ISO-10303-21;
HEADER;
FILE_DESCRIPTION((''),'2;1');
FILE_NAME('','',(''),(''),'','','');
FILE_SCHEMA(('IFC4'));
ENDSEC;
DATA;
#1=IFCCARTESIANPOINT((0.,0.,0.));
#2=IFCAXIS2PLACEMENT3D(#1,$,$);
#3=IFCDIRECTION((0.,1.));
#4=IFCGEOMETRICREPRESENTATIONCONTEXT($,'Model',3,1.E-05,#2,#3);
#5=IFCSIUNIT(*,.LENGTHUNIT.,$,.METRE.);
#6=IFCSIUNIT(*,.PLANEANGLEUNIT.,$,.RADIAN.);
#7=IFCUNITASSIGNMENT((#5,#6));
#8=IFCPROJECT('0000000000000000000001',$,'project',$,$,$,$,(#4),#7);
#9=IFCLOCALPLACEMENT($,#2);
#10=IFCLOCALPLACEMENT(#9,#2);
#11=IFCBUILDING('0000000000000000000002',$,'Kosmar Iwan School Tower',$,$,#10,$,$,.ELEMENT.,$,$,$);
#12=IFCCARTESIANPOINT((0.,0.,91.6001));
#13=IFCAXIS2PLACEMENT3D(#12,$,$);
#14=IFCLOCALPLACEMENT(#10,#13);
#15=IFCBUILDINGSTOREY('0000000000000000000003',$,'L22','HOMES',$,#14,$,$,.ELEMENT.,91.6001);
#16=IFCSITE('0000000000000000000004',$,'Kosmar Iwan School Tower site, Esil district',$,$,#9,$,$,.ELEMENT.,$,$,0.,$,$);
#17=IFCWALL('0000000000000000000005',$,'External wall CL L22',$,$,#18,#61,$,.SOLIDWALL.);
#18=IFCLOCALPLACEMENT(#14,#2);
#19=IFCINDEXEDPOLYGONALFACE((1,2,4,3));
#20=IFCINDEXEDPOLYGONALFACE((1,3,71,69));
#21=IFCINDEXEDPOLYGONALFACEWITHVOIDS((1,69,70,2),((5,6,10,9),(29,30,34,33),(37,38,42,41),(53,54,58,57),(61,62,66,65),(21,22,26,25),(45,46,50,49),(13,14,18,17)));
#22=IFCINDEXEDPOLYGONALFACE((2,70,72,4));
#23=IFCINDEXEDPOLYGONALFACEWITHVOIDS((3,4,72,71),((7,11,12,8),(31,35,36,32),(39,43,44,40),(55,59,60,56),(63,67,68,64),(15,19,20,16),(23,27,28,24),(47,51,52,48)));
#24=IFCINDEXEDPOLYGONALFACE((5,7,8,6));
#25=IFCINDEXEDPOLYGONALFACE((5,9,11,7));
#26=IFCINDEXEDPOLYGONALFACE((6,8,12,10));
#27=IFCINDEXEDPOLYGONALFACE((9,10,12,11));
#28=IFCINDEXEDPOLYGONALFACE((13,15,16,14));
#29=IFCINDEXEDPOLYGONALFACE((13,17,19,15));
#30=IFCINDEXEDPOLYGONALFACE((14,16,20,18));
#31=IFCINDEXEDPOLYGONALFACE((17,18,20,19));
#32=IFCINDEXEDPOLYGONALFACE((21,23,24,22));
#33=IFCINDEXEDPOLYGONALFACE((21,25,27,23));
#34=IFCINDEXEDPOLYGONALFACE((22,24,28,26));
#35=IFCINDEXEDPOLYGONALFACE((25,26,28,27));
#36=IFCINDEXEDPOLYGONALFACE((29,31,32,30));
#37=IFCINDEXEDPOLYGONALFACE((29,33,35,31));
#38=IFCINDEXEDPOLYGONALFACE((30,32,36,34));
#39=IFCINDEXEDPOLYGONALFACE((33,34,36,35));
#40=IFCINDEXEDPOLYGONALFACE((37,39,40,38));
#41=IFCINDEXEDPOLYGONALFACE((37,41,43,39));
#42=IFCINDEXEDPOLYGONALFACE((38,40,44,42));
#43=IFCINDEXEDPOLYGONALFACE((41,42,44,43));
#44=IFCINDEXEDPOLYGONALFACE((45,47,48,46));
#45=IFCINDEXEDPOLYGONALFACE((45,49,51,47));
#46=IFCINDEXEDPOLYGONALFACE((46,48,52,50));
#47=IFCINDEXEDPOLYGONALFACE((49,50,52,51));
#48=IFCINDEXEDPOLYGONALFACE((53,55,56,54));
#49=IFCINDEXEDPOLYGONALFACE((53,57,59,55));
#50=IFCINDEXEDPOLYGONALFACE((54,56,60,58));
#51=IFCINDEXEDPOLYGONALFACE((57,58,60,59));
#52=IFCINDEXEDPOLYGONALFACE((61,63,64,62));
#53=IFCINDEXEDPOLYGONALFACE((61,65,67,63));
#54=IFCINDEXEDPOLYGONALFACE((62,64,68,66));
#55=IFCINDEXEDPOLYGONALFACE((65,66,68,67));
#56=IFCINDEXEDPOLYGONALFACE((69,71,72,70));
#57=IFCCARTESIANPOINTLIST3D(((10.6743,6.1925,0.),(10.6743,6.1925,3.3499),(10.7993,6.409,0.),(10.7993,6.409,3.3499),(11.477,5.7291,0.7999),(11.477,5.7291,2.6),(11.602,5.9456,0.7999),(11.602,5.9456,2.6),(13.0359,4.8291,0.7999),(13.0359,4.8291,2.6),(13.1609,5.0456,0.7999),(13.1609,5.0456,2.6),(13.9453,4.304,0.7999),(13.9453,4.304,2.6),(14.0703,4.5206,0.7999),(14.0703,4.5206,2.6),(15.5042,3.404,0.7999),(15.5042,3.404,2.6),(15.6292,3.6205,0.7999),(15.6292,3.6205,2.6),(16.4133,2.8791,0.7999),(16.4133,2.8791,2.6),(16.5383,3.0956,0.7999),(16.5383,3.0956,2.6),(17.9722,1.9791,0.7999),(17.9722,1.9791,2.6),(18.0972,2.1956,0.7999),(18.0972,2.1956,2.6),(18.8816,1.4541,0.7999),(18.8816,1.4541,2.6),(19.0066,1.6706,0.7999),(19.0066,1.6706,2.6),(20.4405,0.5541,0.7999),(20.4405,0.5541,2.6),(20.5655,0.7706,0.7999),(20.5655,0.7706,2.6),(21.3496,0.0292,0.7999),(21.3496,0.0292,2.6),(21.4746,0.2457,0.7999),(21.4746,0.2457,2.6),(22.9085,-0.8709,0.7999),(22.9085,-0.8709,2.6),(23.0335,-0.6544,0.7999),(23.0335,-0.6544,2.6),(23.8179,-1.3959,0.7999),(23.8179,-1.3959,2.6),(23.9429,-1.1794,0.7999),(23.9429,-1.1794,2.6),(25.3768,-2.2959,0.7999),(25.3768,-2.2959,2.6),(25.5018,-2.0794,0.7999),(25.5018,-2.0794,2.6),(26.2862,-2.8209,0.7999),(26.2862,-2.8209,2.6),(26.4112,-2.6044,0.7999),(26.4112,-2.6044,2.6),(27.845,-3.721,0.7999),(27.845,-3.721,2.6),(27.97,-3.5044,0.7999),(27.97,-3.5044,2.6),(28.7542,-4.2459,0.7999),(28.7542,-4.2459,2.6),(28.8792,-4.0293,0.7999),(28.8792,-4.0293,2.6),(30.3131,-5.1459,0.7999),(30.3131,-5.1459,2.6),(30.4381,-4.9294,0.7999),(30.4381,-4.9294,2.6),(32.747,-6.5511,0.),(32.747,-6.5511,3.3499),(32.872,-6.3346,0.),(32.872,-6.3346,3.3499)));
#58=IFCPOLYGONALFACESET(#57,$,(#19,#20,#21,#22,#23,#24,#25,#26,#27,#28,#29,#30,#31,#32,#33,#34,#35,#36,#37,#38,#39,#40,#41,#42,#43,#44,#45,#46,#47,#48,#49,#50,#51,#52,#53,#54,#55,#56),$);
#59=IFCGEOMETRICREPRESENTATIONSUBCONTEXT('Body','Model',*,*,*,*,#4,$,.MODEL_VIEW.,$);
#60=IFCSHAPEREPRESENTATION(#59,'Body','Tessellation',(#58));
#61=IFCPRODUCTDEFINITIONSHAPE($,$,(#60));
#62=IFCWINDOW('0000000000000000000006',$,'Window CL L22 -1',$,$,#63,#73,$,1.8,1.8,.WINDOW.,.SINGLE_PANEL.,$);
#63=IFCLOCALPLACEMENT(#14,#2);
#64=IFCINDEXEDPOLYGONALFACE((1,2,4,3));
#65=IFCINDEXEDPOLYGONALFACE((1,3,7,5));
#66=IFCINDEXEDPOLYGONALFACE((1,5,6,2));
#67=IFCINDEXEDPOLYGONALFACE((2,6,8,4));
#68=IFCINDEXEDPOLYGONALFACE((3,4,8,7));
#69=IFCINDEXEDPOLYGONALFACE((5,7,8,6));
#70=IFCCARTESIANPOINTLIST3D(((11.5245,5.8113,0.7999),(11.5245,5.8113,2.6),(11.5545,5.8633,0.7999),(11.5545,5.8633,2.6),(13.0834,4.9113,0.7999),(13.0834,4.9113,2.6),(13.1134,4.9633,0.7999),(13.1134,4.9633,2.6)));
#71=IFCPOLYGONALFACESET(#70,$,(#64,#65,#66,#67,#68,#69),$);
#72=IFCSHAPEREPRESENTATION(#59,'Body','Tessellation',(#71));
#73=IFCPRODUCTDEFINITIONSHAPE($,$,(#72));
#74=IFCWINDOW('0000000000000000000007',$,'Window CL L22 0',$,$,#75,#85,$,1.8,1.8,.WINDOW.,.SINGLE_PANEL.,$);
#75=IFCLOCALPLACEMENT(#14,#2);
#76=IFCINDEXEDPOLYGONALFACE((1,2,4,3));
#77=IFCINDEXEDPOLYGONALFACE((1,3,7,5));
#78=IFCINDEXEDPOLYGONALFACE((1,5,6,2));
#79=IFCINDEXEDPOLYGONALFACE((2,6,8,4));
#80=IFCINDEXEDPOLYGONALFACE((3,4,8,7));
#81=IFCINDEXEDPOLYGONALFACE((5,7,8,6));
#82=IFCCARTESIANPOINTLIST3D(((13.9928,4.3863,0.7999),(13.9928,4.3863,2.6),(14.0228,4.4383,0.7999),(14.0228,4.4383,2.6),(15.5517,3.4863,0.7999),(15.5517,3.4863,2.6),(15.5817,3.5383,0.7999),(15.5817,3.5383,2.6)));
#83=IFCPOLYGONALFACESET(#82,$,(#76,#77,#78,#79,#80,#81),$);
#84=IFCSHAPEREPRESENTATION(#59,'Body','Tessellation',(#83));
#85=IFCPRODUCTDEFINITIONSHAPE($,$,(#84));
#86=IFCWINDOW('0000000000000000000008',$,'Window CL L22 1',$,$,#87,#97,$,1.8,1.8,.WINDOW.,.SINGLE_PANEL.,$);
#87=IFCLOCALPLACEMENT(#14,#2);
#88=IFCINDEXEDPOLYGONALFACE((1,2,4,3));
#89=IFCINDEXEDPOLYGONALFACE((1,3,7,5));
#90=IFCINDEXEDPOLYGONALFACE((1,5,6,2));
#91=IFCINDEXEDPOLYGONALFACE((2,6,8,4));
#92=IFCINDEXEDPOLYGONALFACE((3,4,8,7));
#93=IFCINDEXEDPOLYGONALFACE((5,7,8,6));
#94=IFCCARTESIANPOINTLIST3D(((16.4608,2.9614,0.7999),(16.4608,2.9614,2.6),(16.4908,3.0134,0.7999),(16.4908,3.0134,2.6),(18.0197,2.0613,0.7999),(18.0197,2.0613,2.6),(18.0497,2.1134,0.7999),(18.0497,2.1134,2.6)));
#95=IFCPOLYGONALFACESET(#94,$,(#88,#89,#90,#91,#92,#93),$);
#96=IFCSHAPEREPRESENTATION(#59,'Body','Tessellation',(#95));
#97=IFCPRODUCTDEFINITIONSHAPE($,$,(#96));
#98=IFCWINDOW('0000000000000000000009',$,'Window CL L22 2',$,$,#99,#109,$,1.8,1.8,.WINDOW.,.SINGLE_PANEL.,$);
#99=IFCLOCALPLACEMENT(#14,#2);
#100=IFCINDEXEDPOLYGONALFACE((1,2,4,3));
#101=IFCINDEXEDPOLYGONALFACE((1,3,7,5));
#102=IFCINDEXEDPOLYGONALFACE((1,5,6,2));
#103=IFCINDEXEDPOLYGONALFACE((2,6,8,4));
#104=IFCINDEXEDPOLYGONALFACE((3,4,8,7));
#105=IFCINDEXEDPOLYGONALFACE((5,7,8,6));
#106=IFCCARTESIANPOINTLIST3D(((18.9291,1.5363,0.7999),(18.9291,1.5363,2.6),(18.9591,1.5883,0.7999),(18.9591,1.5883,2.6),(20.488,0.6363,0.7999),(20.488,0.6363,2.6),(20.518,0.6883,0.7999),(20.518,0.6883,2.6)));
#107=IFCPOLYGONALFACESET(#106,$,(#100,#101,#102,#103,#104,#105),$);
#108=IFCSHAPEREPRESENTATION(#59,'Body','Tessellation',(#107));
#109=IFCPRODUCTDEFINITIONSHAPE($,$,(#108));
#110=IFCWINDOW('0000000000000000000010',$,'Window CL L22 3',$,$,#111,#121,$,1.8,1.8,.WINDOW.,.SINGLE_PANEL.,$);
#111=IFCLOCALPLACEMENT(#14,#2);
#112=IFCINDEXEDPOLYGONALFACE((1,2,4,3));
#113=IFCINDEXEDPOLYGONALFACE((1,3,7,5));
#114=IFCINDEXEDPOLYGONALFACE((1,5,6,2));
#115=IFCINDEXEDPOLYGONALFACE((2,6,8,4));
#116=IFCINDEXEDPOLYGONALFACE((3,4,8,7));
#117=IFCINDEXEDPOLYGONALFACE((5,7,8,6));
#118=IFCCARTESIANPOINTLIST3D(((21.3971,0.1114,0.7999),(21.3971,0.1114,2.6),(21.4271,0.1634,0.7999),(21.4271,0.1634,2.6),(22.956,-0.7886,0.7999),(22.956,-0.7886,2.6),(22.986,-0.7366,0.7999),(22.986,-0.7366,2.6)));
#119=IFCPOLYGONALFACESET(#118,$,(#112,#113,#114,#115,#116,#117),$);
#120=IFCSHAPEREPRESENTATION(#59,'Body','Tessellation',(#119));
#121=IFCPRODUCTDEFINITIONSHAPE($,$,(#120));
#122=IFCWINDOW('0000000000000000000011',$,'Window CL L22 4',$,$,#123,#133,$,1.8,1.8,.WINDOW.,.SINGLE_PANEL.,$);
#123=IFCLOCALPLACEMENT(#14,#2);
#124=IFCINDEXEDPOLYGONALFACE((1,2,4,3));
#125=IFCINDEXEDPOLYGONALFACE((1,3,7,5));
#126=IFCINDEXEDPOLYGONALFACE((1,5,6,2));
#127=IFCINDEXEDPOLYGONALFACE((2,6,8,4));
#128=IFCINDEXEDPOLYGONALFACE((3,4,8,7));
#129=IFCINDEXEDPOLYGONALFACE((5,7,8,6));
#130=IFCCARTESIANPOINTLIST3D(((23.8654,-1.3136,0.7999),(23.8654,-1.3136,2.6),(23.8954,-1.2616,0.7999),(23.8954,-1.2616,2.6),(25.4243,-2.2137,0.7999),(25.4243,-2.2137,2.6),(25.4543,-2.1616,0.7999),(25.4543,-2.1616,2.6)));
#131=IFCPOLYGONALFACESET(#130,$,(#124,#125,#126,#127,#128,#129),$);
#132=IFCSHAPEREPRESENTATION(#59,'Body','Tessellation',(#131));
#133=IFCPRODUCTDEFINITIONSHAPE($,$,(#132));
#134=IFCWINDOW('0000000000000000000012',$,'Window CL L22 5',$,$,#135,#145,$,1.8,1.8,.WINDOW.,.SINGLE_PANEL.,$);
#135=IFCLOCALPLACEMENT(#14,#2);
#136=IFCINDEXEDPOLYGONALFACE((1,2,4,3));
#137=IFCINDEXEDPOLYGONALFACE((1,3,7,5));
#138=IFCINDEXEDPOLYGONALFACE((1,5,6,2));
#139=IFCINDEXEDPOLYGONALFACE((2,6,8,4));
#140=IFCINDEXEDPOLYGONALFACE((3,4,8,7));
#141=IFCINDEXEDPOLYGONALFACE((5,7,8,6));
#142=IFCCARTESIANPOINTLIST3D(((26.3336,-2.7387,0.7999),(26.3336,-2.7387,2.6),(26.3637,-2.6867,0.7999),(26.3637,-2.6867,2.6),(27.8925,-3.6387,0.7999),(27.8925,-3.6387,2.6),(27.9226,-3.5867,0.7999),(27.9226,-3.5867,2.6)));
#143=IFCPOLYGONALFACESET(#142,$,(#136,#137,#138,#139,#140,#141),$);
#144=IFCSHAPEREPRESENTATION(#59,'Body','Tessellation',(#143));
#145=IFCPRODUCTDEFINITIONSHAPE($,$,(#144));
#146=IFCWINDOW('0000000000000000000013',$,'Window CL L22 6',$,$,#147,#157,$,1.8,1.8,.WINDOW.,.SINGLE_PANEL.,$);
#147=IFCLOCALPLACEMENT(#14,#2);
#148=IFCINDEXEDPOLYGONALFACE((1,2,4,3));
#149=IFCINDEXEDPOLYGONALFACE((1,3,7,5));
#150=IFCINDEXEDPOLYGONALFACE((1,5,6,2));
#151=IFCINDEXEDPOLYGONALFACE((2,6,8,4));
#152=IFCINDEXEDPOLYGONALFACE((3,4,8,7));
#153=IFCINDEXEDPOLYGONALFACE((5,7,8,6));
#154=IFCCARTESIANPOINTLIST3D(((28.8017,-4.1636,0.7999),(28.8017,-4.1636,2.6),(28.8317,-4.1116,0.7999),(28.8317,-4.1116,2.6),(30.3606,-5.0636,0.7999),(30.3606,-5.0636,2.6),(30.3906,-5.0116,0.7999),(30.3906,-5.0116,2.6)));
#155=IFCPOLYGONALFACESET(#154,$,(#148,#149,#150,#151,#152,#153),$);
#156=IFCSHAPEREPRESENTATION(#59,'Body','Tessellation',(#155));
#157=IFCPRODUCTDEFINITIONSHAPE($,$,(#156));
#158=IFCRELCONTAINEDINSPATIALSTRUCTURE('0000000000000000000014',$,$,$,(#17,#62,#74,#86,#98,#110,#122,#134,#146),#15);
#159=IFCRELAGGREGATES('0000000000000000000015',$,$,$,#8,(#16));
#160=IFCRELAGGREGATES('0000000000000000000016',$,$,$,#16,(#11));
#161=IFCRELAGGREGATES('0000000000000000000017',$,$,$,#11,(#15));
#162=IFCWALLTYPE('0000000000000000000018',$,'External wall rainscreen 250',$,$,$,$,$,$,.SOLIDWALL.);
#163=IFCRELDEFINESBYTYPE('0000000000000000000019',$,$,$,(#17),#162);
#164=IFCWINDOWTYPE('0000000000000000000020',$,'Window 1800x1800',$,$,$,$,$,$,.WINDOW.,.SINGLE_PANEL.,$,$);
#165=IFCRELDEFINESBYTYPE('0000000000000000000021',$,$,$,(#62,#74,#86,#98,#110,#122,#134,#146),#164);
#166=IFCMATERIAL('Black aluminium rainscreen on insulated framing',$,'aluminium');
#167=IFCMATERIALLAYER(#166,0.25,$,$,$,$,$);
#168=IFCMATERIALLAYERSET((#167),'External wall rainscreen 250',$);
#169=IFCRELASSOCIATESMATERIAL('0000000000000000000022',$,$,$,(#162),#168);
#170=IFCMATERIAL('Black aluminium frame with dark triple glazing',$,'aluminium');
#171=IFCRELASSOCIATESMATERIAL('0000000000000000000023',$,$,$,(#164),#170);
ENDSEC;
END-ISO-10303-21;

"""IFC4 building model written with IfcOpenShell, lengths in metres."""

from ifc_helpers import new_model, si_unit, direction, frame, frame_2d, origin, place, context, subcontext, project, spatial, rectangle, extrude, material, layer, layer_set, type_object, element, fill, save


model = new_model("IFC4")

# Units and contexts
model_context = context("Model", 3, precision=1e-05, world=origin(), true_north=direction((0.0, 1.0)))
body_context = subcontext(model_context, "Body", "Model", "MODEL_VIEW")
ifc_project = project(units=[si_unit("LENGTHUNIT", "METRE"), si_unit("PLANEANGLEUNIT", "RADIAN")], contexts=[model_context])

# Site, building, storey
site_placement = place(None, origin())
site = spatial("IfcSite", under=ifc_project, at=site_placement, Name="Kosmar Iwan School Tower site, Esil district", CompositionType="ELEMENT", RefElevation=0.0)
building_placement = place(site_placement, origin())
building = spatial("IfcBuilding", under=site, at=building_placement, Name="Kosmar Iwan School Tower", CompositionType="ELEMENT")
storey_placement = place(building_placement, frame((0.0, 0.0, 91.6001)))
storey = spatial("IfcBuildingStorey", under=building, at=storey_placement, Name="L22", Description="HOMES", CompositionType="ELEMENT", Elevation=91.6001)

# Wall, openings, windows
ifc_material_1 = material(Name="Black aluminium rainscreen on insulated framing", Category="aluminium")
ifc_layer = layer(ifc_material_1, 0.25)
ifc_layer_set = layer_set([ifc_layer], Name="External wall rainscreen 250")
wall_type = type_object("IfcWallType", Name="External wall rainscreen 250", PredefinedType="SOLIDWALL", material=ifc_layer_set)
wall_1_placement = place(storey_placement, frame((10.7368, 6.3008, 0.0), z_axis=(0.0, 0.0, 1.0), x_axis=(0.866026, -0.499998, 0.0)))
wall_1 = element("IfcWall", 1, at=wall_1_placement, inside=storey, type_object=wall_type, Name="External wall CL L22", PredefinedType="SOLIDWALL", context=body_context, shape_type="SweptSolid", body=[
    extrude(rectangle(XDim=25.4873, YDim=0.25, at=frame_2d((12.7437, 0.0))), origin(), (0.0, 0.0, 1.0), 3.3499),
])
opening_1_placement = place(wall_1_placement, frame((0.927, 0.0, 0.8)))
opening_1 = element("IfcOpeningElement", 2, at=opening_1_placement, cuts=wall_1, PredefinedType="OPENING", context=body_context, shape_type="SweptSolid", body=[
    extrude(rectangle(XDim=1.8, YDim=1.8, at=frame_2d((0.8999, 0.8999))), frame((0.0, 0.137, 0.0), z_axis=(0.0, -1.0, 0.0), x_axis=(1.0, 0.0, 0.0)), (0.0, 0.0, 1.0), 0.2739),
])
opening_2_placement = place(wall_1_placement, frame((3.7771, 0.0, 0.8)))
opening_2 = element("IfcOpeningElement", 3, at=opening_2_placement, cuts=wall_1, PredefinedType="OPENING", context=body_context, shape_type="SweptSolid", body=[
    extrude(rectangle(XDim=1.8, YDim=1.8, at=frame_2d((0.8999, 0.8999))), frame((0.0, 0.137, 0.0), z_axis=(0.0, -1.0, 0.0), x_axis=(1.0, 0.0, 0.0)), (0.0, 0.0, 1.0), 0.2739),
])
opening_3_placement = place(wall_1_placement, frame((6.627, 0.0, 0.8)))
opening_3 = element("IfcOpeningElement", 4, at=opening_3_placement, cuts=wall_1, PredefinedType="OPENING", context=body_context, shape_type="SweptSolid", body=[
    extrude(rectangle(XDim=1.8, YDim=1.8, at=frame_2d((0.8999, 0.8999))), frame((0.0, 0.137, 0.0), z_axis=(0.0, -1.0, 0.0), x_axis=(1.0, 0.0, 0.0)), (0.0, 0.0, 1.0), 0.2739),
])
opening_4_placement = place(wall_1_placement, frame((9.4771, 0.0, 0.8)))
opening_4 = element("IfcOpeningElement", 5, at=opening_4_placement, cuts=wall_1, PredefinedType="OPENING", context=body_context, shape_type="SweptSolid", body=[
    extrude(rectangle(XDim=1.8, YDim=1.8, at=frame_2d((0.8999, 0.8999))), frame((0.0, 0.137, 0.0), z_axis=(0.0, -1.0, 0.0), x_axis=(1.0, 0.0, 0.0)), (0.0, 0.0, 1.0), 0.2739),
])
opening_5_placement = place(wall_1_placement, frame((12.3269, 0.0, 0.8)))
opening_5 = element("IfcOpeningElement", 6, at=opening_5_placement, cuts=wall_1, PredefinedType="OPENING", context=body_context, shape_type="SweptSolid", body=[
    extrude(rectangle(XDim=1.8, YDim=1.8, at=frame_2d((0.8999, 0.8999))), frame((0.0, 0.137, 0.0), z_axis=(0.0, -1.0, 0.0), x_axis=(1.0, 0.0, 0.0)), (0.0, 0.0, 1.0), 0.2739),
])
opening_6_placement = place(wall_1_placement, frame((15.177, 0.0, 0.8)))
opening_6 = element("IfcOpeningElement", 7, at=opening_6_placement, cuts=wall_1, PredefinedType="OPENING", context=body_context, shape_type="SweptSolid", body=[
    extrude(rectangle(XDim=1.8, YDim=1.8, at=frame_2d((0.8999, 0.8999))), frame((0.0, 0.137, 0.0), z_axis=(0.0, -1.0, 0.0), x_axis=(1.0, 0.0, 0.0)), (0.0, 0.0, 1.0), 0.2739),
])
opening_7_placement = place(wall_1_placement, frame((18.0271, 0.0, 0.8)))
opening_7 = element("IfcOpeningElement", 8, at=opening_7_placement, cuts=wall_1, PredefinedType="OPENING", context=body_context, shape_type="SweptSolid", body=[
    extrude(rectangle(XDim=1.8, YDim=1.8, at=frame_2d((0.8999, 0.8999))), frame((0.0, 0.137, 0.0), z_axis=(0.0, -1.0, 0.0), x_axis=(1.0, 0.0, 0.0)), (0.0, 0.0, 1.0), 0.2739),
])
opening_8_placement = place(wall_1_placement, frame((20.877, 0.0, 0.8)))
opening_8 = element("IfcOpeningElement", 9, at=opening_8_placement, cuts=wall_1, PredefinedType="OPENING", context=body_context, shape_type="SweptSolid", body=[
    extrude(rectangle(XDim=1.8, YDim=1.8, at=frame_2d((0.8999, 0.8999))), frame((0.0, 0.137, 0.0), z_axis=(0.0, -1.0, 0.0), x_axis=(1.0, 0.0, 0.0)), (0.0, 0.0, 1.0), 0.2739),
])
ifc_material_2 = material(Name="Black aluminium frame with dark triple glazing", Category="aluminium")
window_type = type_object("IfcWindowType", Name="Window 1800x1800", PartitioningType="SINGLE_PANEL", PredefinedType="WINDOW", material=ifc_material_2)
window_1_placement = place(opening_1_placement, origin())
window_1 = element("IfcWindow", 10, at=window_1_placement, inside=storey, type_object=window_type, Name="Window CL L22 -1", OverallHeight=1.8, OverallWidth=1.8, PartitioningType="SINGLE_PANEL", PredefinedType="WINDOW", context=body_context, shape_type="SweptSolid", body=[
    extrude(rectangle(XDim=1.8, YDim=1.8, at=frame_2d((0.8999, 0.8999))), frame((0.0, 0.03, 0.0), z_axis=(0.0, -1.0, 0.0), x_axis=(1.0, 0.0, 0.0)), (0.0, 0.0, 1.0), 0.0601),
])
fill(opening_1, window_1)
window_2_placement = place(opening_2_placement, origin())
window_2 = element("IfcWindow", 11, at=window_2_placement, inside=storey, type_object=window_type, Name="Window CL L22 0", OverallHeight=1.8, OverallWidth=1.8, PartitioningType="SINGLE_PANEL", PredefinedType="WINDOW", context=body_context, shape_type="SweptSolid", body=[
    extrude(rectangle(XDim=1.8, YDim=1.8, at=frame_2d((0.8999, 0.8999))), frame((0.0, 0.03, 0.0), z_axis=(0.0, -1.0, 0.0), x_axis=(1.0, 0.0, 0.0)), (0.0, 0.0, 1.0), 0.0601),
])
fill(opening_2, window_2)
window_3_placement = place(opening_3_placement, origin())
window_3 = element("IfcWindow", 12, at=window_3_placement, inside=storey, type_object=window_type, Name="Window CL L22 1", OverallHeight=1.8, OverallWidth=1.8, PartitioningType="SINGLE_PANEL", PredefinedType="WINDOW", context=body_context, shape_type="SweptSolid", body=[
    extrude(rectangle(XDim=1.8, YDim=1.8, at=frame_2d((0.8999, 0.8999))), frame((0.0, 0.03, 0.0), z_axis=(0.0, -1.0, 0.0), x_axis=(1.0, 0.0, 0.0)), (0.0, 0.0, 1.0), 0.0601),
])
fill(opening_3, window_3)
window_4_placement = place(opening_4_placement, origin())
window_4 = element("IfcWindow", 13, at=window_4_placement, inside=storey, type_object=window_type, Name="Window CL L22 2", OverallHeight=1.8, OverallWidth=1.8, PartitioningType="SINGLE_PANEL", PredefinedType="WINDOW", context=body_context, shape_type="SweptSolid", body=[
    extrude(rectangle(XDim=1.8, YDim=1.8, at=frame_2d((0.8999, 0.8999))), frame((0.0, 0.03, 0.0), z_axis=(0.0, -1.0, 0.0), x_axis=(1.0, 0.0, 0.0)), (0.0, 0.0, 1.0), 0.0601),
])
fill(opening_4, window_4)
window_5_placement = place(opening_5_placement, origin())
window_5 = element("IfcWindow", 14, at=window_5_placement, inside=storey, type_object=window_type, Name="Window CL L22 3", OverallHeight=1.8, OverallWidth=1.8, PartitioningType="SINGLE_PANEL", PredefinedType="WINDOW", context=body_context, shape_type="SweptSolid", body=[
    extrude(rectangle(XDim=1.8, YDim=1.8, at=frame_2d((0.8999, 0.8999))), frame((0.0, 0.03, 0.0), z_axis=(0.0, -1.0, 0.0), x_axis=(1.0, 0.0, 0.0)), (0.0, 0.0, 1.0), 0.0601),
])
fill(opening_5, window_5)
window_6_placement = place(opening_6_placement, origin())
window_6 = element("IfcWindow", 15, at=window_6_placement, inside=storey, type_object=window_type, Name="Window CL L22 4", OverallHeight=1.8, OverallWidth=1.8, PartitioningType="SINGLE_PANEL", PredefinedType="WINDOW", context=body_context, shape_type="SweptSolid", body=[
    extrude(rectangle(XDim=1.8, YDim=1.8, at=frame_2d((0.8999, 0.8999))), frame((0.0, 0.03, 0.0), z_axis=(0.0, -1.0, 0.0), x_axis=(1.0, 0.0, 0.0)), (0.0, 0.0, 1.0), 0.0601),
])
fill(opening_6, window_6)
window_7_placement = place(opening_7_placement, origin())
window_7 = element("IfcWindow", 16, at=window_7_placement, inside=storey, type_object=window_type, Name="Window CL L22 5", OverallHeight=1.8, OverallWidth=1.8, PartitioningType="SINGLE_PANEL", PredefinedType="WINDOW", context=body_context, shape_type="SweptSolid", body=[
    extrude(rectangle(XDim=1.8, YDim=1.8, at=frame_2d((0.8999, 0.8999))), frame((0.0, 0.03, 0.0), z_axis=(0.0, -1.0, 0.0), x_axis=(1.0, 0.0, 0.0)), (0.0, 0.0, 1.0), 0.0601),
])
fill(opening_7, window_7)
window_8_placement = place(opening_8_placement, origin())
window_8 = element("IfcWindow", 17, at=window_8_placement, inside=storey, type_object=window_type, Name="Window CL L22 6", OverallHeight=1.8, OverallWidth=1.8, PartitioningType="SINGLE_PANEL", PredefinedType="WINDOW", context=body_context, shape_type="SweptSolid", body=[
    extrude(rectangle(XDim=1.8, YDim=1.8, at=frame_2d((0.8999, 0.8999))), frame((0.0, 0.03, 0.0), z_axis=(0.0, -1.0, 0.0), x_axis=(1.0, 0.0, 0.0)), (0.0, 0.0, 1.0), 0.0601),
])
fill(opening_8, window_8)

save(model, "model.ifc")
